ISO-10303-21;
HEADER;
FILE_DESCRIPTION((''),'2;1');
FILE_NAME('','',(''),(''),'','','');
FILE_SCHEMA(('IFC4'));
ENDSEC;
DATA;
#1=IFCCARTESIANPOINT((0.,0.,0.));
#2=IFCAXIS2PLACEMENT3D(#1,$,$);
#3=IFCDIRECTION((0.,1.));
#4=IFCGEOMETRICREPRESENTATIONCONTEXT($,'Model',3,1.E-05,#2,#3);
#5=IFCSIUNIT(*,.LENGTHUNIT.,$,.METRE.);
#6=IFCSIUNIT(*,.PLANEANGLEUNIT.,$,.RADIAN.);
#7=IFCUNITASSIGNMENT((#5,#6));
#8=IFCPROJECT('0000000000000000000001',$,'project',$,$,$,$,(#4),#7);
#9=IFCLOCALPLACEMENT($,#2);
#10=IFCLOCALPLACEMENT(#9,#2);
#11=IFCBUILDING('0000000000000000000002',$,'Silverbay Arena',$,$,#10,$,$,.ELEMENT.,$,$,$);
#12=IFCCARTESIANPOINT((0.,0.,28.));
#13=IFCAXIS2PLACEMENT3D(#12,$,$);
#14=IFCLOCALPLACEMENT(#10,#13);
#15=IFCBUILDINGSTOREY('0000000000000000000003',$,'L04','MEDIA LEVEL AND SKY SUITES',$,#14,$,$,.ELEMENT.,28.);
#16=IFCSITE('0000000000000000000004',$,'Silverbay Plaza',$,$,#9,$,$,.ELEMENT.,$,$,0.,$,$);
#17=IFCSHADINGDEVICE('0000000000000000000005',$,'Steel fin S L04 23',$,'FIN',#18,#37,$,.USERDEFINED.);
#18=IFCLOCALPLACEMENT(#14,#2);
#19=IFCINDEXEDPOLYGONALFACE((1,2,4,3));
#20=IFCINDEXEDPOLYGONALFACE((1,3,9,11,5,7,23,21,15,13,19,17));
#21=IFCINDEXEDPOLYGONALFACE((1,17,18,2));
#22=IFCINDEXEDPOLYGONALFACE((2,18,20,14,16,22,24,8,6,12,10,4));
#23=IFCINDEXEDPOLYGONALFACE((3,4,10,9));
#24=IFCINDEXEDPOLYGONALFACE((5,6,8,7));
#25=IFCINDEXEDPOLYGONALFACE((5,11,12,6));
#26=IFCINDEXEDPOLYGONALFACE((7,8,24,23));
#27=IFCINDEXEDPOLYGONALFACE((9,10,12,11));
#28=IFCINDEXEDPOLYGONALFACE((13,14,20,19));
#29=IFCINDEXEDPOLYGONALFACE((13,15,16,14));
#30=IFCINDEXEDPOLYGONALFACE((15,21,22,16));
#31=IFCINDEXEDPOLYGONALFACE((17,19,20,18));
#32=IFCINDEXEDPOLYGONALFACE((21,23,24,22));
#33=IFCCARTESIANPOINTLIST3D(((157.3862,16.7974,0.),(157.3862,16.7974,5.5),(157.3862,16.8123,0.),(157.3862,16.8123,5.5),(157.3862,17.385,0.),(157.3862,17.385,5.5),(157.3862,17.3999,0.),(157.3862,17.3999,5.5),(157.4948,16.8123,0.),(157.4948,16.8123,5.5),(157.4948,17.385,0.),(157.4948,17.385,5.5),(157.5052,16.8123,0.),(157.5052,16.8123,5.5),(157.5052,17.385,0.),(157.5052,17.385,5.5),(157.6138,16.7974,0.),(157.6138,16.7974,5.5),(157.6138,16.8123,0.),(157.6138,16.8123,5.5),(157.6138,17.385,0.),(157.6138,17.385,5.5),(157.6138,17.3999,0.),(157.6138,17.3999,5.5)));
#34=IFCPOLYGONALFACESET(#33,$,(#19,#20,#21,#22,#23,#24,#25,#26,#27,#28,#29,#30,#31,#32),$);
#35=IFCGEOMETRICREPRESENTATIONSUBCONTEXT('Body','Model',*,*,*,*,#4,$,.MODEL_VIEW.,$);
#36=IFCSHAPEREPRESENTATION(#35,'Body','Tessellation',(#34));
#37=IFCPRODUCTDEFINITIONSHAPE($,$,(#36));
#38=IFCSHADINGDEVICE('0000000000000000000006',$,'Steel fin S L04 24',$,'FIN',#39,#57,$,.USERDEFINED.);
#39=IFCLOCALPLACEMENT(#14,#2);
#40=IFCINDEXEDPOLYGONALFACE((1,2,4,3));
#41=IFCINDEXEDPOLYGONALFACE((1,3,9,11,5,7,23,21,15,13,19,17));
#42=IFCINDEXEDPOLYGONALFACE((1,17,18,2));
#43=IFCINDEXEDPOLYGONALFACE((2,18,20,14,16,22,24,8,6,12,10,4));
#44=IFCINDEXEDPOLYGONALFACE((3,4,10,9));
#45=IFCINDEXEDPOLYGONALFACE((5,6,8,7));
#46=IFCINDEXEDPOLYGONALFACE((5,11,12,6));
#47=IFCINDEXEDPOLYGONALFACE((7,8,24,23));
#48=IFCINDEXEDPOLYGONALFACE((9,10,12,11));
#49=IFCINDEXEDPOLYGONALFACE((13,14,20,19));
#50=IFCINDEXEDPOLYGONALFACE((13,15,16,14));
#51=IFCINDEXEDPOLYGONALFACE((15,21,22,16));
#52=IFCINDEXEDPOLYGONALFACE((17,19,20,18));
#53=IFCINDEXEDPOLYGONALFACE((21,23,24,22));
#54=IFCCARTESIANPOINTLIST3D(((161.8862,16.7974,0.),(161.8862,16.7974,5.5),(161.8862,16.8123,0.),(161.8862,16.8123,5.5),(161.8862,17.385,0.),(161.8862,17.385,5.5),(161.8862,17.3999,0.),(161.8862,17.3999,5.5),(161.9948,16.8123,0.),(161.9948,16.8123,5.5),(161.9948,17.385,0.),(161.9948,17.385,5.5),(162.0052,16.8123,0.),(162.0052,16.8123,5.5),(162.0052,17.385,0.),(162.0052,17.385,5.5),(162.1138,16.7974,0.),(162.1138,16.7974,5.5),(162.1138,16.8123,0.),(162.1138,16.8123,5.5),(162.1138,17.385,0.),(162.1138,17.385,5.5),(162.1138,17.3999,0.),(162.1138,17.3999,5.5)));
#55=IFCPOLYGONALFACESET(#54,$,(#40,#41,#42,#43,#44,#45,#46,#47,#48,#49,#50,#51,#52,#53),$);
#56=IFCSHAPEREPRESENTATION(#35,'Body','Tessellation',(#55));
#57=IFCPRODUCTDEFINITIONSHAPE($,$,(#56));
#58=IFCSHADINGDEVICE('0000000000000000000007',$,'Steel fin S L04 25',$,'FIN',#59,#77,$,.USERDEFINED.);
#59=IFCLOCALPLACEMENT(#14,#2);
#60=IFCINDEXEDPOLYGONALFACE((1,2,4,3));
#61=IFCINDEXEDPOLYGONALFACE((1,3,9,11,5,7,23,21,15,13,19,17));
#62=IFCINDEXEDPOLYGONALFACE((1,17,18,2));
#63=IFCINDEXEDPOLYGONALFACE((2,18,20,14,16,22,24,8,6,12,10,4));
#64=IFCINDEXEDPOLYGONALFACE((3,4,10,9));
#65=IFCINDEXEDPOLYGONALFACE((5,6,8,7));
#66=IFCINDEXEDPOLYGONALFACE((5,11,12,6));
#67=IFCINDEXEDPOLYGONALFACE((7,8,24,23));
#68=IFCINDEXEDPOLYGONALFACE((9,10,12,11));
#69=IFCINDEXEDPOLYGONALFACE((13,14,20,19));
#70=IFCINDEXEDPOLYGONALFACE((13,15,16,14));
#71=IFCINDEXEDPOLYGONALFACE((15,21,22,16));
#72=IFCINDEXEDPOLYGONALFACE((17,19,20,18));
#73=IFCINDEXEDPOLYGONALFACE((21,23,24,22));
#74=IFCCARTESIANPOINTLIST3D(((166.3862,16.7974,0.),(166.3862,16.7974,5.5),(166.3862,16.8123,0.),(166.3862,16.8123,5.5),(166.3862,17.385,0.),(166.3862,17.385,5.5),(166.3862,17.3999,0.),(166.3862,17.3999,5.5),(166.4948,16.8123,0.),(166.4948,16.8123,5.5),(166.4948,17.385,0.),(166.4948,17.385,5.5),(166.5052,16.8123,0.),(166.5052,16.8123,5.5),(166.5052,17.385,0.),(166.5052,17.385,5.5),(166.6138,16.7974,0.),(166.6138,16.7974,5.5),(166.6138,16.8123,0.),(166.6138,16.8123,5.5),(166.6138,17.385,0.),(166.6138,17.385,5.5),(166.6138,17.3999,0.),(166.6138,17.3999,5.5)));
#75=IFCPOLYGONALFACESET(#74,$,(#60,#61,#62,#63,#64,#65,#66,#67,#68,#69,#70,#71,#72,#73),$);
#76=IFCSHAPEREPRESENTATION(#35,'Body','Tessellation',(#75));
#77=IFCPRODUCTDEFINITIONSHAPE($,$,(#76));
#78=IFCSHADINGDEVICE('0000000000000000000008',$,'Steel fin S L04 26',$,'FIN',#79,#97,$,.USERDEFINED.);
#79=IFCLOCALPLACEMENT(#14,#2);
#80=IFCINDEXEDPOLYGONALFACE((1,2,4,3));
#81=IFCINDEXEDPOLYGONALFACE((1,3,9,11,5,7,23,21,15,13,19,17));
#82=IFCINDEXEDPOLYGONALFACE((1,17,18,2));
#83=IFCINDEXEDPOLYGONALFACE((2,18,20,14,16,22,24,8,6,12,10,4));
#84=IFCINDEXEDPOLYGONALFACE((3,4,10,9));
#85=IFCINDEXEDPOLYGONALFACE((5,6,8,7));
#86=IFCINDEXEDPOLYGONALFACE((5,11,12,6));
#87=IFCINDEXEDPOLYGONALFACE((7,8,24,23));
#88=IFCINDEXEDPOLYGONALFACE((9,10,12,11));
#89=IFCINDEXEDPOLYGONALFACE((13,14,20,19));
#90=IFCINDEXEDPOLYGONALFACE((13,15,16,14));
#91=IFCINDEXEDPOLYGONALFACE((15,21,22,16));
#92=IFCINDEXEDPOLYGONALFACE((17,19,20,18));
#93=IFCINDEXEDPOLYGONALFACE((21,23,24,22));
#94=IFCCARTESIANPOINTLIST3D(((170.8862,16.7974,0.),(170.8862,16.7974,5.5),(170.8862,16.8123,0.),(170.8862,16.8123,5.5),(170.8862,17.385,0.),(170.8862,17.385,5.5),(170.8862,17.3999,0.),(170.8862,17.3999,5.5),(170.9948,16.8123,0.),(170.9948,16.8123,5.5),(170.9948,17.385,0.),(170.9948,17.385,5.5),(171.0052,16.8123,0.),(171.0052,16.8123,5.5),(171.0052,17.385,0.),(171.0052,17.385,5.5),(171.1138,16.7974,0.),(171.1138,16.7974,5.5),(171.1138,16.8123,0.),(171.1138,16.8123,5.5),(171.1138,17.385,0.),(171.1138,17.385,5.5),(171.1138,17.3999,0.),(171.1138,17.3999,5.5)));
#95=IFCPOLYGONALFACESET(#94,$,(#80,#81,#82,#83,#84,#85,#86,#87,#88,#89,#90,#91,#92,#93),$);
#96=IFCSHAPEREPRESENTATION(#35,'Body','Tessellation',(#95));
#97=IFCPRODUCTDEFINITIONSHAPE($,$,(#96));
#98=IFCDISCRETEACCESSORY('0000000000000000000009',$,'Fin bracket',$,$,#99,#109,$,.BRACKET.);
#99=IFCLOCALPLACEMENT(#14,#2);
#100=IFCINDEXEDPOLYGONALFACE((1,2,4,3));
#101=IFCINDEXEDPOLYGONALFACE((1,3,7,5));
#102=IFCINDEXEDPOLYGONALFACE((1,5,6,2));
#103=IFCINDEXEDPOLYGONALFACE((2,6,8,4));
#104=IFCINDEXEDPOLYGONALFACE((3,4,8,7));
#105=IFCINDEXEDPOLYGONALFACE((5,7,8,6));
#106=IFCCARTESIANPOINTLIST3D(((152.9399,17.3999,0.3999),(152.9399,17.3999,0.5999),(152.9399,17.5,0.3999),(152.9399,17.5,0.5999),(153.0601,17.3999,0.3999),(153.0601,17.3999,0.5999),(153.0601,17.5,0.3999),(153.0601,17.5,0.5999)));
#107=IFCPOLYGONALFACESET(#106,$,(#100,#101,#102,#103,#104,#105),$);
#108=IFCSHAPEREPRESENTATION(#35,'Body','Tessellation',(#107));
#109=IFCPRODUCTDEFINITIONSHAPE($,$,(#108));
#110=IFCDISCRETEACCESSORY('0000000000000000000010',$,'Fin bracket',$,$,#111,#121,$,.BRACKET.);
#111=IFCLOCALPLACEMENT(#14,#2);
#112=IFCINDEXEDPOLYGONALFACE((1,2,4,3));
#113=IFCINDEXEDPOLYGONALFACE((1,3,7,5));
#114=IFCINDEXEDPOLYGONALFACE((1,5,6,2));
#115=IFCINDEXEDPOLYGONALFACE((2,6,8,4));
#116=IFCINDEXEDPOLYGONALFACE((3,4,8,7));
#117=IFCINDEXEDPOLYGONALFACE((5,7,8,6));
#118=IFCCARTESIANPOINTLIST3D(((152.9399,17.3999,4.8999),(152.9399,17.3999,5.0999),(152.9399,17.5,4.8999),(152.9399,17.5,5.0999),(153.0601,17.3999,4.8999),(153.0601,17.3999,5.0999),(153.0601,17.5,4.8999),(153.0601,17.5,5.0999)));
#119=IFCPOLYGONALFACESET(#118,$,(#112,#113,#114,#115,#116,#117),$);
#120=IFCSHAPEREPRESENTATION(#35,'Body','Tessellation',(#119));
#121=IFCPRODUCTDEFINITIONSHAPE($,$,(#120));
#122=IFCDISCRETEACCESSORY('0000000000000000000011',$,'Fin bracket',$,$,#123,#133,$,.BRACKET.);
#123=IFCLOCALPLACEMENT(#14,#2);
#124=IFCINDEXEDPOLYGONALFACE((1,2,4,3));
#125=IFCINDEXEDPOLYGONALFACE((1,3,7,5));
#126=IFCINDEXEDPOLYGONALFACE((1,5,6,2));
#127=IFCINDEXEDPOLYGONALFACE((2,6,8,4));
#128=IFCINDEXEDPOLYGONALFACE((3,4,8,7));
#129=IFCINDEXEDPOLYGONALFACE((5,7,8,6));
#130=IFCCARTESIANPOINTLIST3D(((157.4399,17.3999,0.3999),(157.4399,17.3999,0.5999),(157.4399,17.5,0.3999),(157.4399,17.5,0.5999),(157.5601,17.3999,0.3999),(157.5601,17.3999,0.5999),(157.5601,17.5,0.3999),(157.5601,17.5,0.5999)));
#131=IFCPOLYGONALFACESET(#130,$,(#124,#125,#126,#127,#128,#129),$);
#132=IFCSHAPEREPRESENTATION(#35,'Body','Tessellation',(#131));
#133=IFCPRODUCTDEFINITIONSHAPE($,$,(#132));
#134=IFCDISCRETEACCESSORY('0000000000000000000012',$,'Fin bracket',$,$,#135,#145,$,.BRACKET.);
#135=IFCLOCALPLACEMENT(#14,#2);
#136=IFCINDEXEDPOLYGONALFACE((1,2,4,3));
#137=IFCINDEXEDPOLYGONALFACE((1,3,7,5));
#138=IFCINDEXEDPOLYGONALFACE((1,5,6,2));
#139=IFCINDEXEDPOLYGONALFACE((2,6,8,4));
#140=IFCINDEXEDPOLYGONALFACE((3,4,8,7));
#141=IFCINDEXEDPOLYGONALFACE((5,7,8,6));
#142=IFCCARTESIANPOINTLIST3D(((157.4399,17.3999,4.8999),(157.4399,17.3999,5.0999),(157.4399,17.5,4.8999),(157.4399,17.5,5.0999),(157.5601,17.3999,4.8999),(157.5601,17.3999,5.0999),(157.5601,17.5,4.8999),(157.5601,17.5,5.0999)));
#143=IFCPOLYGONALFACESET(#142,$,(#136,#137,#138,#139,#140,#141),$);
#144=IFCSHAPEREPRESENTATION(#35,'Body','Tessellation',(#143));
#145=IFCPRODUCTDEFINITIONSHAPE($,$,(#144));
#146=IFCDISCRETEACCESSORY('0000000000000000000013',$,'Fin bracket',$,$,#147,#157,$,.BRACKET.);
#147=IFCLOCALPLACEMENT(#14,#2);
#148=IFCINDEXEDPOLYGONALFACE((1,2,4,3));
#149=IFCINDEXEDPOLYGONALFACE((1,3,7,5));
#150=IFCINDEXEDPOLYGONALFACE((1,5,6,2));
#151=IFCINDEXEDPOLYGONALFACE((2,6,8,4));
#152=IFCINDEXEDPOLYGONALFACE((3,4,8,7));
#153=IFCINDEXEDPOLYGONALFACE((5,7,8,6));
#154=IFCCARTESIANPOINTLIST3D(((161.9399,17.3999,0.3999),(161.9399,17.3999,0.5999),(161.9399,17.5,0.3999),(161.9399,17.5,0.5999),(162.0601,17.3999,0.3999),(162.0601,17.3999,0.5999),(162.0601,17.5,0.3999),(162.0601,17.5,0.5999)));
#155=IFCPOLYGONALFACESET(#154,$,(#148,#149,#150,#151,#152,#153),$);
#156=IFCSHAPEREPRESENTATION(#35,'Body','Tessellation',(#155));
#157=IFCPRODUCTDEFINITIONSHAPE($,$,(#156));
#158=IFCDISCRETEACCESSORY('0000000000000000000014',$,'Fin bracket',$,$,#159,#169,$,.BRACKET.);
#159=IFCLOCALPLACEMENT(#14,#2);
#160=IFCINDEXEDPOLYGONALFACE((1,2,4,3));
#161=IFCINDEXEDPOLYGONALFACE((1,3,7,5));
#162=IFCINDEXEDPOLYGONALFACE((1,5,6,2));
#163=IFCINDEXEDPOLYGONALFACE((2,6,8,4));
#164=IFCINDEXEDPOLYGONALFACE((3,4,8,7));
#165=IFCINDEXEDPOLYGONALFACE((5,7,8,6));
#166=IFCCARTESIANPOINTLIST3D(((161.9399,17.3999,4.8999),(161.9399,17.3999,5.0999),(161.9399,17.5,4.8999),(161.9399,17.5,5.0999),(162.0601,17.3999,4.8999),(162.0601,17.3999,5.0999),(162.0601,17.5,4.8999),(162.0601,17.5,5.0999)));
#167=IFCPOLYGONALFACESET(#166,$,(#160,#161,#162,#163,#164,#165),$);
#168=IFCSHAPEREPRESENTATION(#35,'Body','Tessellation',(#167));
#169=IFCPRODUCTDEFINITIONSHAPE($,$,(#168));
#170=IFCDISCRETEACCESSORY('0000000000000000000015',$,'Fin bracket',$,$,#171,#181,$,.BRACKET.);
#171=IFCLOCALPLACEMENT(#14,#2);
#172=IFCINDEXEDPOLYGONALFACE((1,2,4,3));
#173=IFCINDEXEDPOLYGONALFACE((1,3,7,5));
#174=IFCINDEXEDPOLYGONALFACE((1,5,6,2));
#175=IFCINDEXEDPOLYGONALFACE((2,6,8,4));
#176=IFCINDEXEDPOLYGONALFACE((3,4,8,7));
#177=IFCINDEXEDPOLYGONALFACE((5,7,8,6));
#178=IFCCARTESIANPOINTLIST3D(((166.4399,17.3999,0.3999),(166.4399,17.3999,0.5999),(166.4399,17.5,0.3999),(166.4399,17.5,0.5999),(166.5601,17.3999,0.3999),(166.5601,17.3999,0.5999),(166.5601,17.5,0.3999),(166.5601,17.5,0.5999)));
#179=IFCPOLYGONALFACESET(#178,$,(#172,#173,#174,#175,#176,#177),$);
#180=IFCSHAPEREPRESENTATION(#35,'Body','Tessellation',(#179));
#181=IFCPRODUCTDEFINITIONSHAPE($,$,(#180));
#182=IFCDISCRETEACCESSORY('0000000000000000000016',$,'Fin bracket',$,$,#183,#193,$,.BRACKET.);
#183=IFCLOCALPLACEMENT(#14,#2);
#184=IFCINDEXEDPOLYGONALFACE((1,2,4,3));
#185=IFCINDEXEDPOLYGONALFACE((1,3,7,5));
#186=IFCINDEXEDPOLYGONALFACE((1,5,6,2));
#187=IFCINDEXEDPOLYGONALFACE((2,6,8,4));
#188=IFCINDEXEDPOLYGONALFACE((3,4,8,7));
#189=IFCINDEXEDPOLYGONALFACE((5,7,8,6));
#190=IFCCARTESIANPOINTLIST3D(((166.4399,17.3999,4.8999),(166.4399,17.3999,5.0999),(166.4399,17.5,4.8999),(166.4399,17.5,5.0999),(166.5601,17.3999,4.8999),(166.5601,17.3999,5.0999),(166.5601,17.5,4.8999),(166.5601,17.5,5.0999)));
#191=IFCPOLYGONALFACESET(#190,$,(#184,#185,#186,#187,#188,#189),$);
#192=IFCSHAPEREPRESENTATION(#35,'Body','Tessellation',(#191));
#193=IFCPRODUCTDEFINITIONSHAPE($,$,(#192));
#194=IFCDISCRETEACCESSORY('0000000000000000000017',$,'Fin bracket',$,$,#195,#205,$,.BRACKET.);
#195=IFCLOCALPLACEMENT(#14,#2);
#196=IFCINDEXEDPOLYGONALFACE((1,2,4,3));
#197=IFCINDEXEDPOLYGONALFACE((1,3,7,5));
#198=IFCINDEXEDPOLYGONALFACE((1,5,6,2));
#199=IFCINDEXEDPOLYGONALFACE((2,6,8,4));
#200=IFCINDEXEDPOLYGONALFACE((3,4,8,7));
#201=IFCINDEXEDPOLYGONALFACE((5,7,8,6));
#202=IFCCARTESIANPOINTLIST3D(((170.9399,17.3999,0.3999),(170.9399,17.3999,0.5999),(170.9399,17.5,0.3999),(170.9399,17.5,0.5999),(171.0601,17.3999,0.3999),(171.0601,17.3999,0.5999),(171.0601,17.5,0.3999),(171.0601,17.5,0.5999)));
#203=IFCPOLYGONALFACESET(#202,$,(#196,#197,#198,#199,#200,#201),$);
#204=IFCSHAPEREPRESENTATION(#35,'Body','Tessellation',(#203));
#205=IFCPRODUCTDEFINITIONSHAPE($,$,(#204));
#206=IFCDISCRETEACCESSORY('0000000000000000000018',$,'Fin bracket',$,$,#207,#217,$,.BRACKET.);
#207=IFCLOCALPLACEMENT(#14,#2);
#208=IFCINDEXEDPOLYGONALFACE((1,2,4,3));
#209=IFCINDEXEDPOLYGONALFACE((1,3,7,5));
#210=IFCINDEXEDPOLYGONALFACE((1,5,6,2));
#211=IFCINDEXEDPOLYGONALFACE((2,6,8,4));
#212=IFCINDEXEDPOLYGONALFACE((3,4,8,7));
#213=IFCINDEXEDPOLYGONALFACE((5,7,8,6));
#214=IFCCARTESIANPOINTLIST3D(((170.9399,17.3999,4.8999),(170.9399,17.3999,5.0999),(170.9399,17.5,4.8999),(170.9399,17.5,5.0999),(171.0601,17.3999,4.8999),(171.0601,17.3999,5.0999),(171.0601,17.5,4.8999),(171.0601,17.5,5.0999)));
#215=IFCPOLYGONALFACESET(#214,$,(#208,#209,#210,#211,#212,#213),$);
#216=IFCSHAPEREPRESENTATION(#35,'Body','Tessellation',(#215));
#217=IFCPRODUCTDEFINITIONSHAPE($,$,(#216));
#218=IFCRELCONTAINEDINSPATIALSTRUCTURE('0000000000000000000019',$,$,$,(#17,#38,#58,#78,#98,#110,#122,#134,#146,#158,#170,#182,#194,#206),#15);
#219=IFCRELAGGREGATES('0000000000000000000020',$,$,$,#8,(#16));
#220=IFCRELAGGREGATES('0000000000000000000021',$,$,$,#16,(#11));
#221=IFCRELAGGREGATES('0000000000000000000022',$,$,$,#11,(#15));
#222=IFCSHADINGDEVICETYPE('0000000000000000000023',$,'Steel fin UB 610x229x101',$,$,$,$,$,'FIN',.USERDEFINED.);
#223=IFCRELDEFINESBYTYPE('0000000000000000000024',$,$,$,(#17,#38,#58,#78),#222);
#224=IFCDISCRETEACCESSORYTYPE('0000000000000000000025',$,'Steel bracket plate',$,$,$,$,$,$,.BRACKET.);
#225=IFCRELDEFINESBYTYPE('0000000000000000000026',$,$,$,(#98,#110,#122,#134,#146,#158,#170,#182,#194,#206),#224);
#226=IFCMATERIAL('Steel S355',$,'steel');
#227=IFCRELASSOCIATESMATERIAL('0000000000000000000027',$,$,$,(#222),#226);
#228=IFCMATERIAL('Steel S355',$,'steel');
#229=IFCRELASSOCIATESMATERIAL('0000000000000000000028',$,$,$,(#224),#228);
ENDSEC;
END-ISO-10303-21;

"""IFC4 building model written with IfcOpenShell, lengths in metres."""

from ifc_helpers import new_model, si_unit, direction, frame, origin, origin_2d, place, context, subcontext, project, spatial, rectangle, i_section, extrude, material, material_profile, profile_set, type_object, element, save


model = new_model("IFC4")

# Units and contexts
model_context = context("Model", 3, precision=1e-05, world=origin(), true_north=direction((0.0, 1.0)))
body_context = subcontext(model_context, "Body", "Model", "MODEL_VIEW")
ifc_project = project(units=[si_unit("LENGTHUNIT", "METRE"), si_unit("PLANEANGLEUNIT", "RADIAN")], contexts=[model_context])

# Site, building, storey
site_placement = place(None, origin())
site = spatial("IfcSite", under=ifc_project, at=site_placement, Name="Silverbay Plaza", CompositionType="ELEMENT", RefElevation=0.0)
building_placement = place(site_placement, origin())
building = spatial("IfcBuilding", under=site, at=building_placement, Name="Silverbay Arena", CompositionType="ELEMENT")
storey_placement = place(building_placement, frame((0.0, 0.0, 28.0)))
storey = spatial("IfcBuildingStorey", under=building, at=storey_placement, Name="L04", Description="MEDIA LEVEL AND SKY SUITES", CompositionType="ELEMENT", Elevation=28.0)

# Shading devices
ifc_material_1 = material(Name="Steel S355", Category="steel")
ifc_material_profile_1 = material_profile(ifc_material_1, i_section(OverallWidth=0.2275, OverallDepth=0.6025, WebThickness=0.0105, FlangeThickness=0.0149, at=origin_2d()), Name="UB 610x229x101")
ifc_profile_set_1 = profile_set([ifc_material_profile_1], Name="Steel S355")
shading_device_type = type_object("IfcShadingDeviceType", Name="Steel fin UB 610x229x101", ElementType="FIN", PredefinedType="USERDEFINED", material=ifc_profile_set_1)
for number, where, z_axis, x_axis, name in (
    (1, (157.5, 17.0986, 0.0), (0.0, 0.0, 1.0), (1.0, 0.0, 0.0), "Steel fin S L04 23"),
    (2, (162.0, 17.0986, 0.0), (0.0, 0.0, 1.0), (1.0, 0.0, 0.0), "Steel fin S L04 24"),
    (3, (166.5, 17.0986, 0.0), (0.0, 0.0, 1.0), (1.0, 0.0, 0.0), "Steel fin S L04 25"),
    (4, (171.0, 17.0986, 0.0), (0.0, 0.0, 1.0), (1.0, 0.0, 0.0), "Steel fin S L04 26"),
):
    element("IfcShadingDevice", number, at=place(storey_placement, frame(where, z_axis=z_axis, x_axis=x_axis)), inside=storey, type_object=shading_device_type, Name=name, ObjectType="FIN", PredefinedType="USERDEFINED", context=body_context, shape_type="SweptSolid", body=[
        extrude(i_section(OverallWidth=0.2275, OverallDepth=0.6025, WebThickness=0.0105, FlangeThickness=0.0149, at=origin_2d()), origin(), (0.0, 0.0, 1.0), 5.5),
    ])

# Discrete accessories
ifc_material_2 = material(Name="Steel S355", Category="steel")
discrete_accessory_type = type_object("IfcDiscreteAccessoryType", Name="Steel bracket plate", PredefinedType="BRACKET", material=ifc_material_2)
for number, where, z_axis, x_axis, name in (
    (5, (153.0, 17.45, 0.3999), (0.0, 0.0, 1.0), (1.0, 0.0, 0.0), "Fin bracket"),
    (6, (153.0, 17.45, 4.8999), (0.0, 0.0, 1.0), (1.0, 0.0, 0.0), "Fin bracket"),
    (7, (157.5, 17.45, 0.3999), (0.0, 0.0, 1.0), (1.0, 0.0, 0.0), "Fin bracket"),
    (8, (157.5, 17.45, 4.8999), (0.0, 0.0, 1.0), (1.0, 0.0, 0.0), "Fin bracket"),
    (9, (162.0, 17.45, 0.3999), (0.0, 0.0, 1.0), (1.0, 0.0, 0.0), "Fin bracket"),
    (10, (162.0, 17.45, 4.8999), (0.0, 0.0, 1.0), (1.0, 0.0, 0.0), "Fin bracket"),
    (11, (166.5, 17.45, 0.3999), (0.0, 0.0, 1.0), (1.0, 0.0, 0.0), "Fin bracket"),
    (12, (166.5, 17.45, 4.8999), (0.0, 0.0, 1.0), (1.0, 0.0, 0.0), "Fin bracket"),
    (13, (171.0, 17.45, 0.3999), (0.0, 0.0, 1.0), (1.0, 0.0, 0.0), "Fin bracket"),
    (14, (171.0, 17.45, 4.8999), (0.0, 0.0, 1.0), (1.0, 0.0, 0.0), "Fin bracket"),
):
    element("IfcDiscreteAccessory", number, at=place(storey_placement, frame(where, z_axis=z_axis, x_axis=x_axis)), inside=storey, type_object=discrete_accessory_type, Name=name, PredefinedType="BRACKET", context=body_context, shape_type="SweptSolid", body=[
        extrude(rectangle(XDim=0.1201, YDim=0.1001, at=origin_2d()), origin(), (0.0, 0.0, 1.0), 0.2),
    ])

save(model, "model.ifc")
